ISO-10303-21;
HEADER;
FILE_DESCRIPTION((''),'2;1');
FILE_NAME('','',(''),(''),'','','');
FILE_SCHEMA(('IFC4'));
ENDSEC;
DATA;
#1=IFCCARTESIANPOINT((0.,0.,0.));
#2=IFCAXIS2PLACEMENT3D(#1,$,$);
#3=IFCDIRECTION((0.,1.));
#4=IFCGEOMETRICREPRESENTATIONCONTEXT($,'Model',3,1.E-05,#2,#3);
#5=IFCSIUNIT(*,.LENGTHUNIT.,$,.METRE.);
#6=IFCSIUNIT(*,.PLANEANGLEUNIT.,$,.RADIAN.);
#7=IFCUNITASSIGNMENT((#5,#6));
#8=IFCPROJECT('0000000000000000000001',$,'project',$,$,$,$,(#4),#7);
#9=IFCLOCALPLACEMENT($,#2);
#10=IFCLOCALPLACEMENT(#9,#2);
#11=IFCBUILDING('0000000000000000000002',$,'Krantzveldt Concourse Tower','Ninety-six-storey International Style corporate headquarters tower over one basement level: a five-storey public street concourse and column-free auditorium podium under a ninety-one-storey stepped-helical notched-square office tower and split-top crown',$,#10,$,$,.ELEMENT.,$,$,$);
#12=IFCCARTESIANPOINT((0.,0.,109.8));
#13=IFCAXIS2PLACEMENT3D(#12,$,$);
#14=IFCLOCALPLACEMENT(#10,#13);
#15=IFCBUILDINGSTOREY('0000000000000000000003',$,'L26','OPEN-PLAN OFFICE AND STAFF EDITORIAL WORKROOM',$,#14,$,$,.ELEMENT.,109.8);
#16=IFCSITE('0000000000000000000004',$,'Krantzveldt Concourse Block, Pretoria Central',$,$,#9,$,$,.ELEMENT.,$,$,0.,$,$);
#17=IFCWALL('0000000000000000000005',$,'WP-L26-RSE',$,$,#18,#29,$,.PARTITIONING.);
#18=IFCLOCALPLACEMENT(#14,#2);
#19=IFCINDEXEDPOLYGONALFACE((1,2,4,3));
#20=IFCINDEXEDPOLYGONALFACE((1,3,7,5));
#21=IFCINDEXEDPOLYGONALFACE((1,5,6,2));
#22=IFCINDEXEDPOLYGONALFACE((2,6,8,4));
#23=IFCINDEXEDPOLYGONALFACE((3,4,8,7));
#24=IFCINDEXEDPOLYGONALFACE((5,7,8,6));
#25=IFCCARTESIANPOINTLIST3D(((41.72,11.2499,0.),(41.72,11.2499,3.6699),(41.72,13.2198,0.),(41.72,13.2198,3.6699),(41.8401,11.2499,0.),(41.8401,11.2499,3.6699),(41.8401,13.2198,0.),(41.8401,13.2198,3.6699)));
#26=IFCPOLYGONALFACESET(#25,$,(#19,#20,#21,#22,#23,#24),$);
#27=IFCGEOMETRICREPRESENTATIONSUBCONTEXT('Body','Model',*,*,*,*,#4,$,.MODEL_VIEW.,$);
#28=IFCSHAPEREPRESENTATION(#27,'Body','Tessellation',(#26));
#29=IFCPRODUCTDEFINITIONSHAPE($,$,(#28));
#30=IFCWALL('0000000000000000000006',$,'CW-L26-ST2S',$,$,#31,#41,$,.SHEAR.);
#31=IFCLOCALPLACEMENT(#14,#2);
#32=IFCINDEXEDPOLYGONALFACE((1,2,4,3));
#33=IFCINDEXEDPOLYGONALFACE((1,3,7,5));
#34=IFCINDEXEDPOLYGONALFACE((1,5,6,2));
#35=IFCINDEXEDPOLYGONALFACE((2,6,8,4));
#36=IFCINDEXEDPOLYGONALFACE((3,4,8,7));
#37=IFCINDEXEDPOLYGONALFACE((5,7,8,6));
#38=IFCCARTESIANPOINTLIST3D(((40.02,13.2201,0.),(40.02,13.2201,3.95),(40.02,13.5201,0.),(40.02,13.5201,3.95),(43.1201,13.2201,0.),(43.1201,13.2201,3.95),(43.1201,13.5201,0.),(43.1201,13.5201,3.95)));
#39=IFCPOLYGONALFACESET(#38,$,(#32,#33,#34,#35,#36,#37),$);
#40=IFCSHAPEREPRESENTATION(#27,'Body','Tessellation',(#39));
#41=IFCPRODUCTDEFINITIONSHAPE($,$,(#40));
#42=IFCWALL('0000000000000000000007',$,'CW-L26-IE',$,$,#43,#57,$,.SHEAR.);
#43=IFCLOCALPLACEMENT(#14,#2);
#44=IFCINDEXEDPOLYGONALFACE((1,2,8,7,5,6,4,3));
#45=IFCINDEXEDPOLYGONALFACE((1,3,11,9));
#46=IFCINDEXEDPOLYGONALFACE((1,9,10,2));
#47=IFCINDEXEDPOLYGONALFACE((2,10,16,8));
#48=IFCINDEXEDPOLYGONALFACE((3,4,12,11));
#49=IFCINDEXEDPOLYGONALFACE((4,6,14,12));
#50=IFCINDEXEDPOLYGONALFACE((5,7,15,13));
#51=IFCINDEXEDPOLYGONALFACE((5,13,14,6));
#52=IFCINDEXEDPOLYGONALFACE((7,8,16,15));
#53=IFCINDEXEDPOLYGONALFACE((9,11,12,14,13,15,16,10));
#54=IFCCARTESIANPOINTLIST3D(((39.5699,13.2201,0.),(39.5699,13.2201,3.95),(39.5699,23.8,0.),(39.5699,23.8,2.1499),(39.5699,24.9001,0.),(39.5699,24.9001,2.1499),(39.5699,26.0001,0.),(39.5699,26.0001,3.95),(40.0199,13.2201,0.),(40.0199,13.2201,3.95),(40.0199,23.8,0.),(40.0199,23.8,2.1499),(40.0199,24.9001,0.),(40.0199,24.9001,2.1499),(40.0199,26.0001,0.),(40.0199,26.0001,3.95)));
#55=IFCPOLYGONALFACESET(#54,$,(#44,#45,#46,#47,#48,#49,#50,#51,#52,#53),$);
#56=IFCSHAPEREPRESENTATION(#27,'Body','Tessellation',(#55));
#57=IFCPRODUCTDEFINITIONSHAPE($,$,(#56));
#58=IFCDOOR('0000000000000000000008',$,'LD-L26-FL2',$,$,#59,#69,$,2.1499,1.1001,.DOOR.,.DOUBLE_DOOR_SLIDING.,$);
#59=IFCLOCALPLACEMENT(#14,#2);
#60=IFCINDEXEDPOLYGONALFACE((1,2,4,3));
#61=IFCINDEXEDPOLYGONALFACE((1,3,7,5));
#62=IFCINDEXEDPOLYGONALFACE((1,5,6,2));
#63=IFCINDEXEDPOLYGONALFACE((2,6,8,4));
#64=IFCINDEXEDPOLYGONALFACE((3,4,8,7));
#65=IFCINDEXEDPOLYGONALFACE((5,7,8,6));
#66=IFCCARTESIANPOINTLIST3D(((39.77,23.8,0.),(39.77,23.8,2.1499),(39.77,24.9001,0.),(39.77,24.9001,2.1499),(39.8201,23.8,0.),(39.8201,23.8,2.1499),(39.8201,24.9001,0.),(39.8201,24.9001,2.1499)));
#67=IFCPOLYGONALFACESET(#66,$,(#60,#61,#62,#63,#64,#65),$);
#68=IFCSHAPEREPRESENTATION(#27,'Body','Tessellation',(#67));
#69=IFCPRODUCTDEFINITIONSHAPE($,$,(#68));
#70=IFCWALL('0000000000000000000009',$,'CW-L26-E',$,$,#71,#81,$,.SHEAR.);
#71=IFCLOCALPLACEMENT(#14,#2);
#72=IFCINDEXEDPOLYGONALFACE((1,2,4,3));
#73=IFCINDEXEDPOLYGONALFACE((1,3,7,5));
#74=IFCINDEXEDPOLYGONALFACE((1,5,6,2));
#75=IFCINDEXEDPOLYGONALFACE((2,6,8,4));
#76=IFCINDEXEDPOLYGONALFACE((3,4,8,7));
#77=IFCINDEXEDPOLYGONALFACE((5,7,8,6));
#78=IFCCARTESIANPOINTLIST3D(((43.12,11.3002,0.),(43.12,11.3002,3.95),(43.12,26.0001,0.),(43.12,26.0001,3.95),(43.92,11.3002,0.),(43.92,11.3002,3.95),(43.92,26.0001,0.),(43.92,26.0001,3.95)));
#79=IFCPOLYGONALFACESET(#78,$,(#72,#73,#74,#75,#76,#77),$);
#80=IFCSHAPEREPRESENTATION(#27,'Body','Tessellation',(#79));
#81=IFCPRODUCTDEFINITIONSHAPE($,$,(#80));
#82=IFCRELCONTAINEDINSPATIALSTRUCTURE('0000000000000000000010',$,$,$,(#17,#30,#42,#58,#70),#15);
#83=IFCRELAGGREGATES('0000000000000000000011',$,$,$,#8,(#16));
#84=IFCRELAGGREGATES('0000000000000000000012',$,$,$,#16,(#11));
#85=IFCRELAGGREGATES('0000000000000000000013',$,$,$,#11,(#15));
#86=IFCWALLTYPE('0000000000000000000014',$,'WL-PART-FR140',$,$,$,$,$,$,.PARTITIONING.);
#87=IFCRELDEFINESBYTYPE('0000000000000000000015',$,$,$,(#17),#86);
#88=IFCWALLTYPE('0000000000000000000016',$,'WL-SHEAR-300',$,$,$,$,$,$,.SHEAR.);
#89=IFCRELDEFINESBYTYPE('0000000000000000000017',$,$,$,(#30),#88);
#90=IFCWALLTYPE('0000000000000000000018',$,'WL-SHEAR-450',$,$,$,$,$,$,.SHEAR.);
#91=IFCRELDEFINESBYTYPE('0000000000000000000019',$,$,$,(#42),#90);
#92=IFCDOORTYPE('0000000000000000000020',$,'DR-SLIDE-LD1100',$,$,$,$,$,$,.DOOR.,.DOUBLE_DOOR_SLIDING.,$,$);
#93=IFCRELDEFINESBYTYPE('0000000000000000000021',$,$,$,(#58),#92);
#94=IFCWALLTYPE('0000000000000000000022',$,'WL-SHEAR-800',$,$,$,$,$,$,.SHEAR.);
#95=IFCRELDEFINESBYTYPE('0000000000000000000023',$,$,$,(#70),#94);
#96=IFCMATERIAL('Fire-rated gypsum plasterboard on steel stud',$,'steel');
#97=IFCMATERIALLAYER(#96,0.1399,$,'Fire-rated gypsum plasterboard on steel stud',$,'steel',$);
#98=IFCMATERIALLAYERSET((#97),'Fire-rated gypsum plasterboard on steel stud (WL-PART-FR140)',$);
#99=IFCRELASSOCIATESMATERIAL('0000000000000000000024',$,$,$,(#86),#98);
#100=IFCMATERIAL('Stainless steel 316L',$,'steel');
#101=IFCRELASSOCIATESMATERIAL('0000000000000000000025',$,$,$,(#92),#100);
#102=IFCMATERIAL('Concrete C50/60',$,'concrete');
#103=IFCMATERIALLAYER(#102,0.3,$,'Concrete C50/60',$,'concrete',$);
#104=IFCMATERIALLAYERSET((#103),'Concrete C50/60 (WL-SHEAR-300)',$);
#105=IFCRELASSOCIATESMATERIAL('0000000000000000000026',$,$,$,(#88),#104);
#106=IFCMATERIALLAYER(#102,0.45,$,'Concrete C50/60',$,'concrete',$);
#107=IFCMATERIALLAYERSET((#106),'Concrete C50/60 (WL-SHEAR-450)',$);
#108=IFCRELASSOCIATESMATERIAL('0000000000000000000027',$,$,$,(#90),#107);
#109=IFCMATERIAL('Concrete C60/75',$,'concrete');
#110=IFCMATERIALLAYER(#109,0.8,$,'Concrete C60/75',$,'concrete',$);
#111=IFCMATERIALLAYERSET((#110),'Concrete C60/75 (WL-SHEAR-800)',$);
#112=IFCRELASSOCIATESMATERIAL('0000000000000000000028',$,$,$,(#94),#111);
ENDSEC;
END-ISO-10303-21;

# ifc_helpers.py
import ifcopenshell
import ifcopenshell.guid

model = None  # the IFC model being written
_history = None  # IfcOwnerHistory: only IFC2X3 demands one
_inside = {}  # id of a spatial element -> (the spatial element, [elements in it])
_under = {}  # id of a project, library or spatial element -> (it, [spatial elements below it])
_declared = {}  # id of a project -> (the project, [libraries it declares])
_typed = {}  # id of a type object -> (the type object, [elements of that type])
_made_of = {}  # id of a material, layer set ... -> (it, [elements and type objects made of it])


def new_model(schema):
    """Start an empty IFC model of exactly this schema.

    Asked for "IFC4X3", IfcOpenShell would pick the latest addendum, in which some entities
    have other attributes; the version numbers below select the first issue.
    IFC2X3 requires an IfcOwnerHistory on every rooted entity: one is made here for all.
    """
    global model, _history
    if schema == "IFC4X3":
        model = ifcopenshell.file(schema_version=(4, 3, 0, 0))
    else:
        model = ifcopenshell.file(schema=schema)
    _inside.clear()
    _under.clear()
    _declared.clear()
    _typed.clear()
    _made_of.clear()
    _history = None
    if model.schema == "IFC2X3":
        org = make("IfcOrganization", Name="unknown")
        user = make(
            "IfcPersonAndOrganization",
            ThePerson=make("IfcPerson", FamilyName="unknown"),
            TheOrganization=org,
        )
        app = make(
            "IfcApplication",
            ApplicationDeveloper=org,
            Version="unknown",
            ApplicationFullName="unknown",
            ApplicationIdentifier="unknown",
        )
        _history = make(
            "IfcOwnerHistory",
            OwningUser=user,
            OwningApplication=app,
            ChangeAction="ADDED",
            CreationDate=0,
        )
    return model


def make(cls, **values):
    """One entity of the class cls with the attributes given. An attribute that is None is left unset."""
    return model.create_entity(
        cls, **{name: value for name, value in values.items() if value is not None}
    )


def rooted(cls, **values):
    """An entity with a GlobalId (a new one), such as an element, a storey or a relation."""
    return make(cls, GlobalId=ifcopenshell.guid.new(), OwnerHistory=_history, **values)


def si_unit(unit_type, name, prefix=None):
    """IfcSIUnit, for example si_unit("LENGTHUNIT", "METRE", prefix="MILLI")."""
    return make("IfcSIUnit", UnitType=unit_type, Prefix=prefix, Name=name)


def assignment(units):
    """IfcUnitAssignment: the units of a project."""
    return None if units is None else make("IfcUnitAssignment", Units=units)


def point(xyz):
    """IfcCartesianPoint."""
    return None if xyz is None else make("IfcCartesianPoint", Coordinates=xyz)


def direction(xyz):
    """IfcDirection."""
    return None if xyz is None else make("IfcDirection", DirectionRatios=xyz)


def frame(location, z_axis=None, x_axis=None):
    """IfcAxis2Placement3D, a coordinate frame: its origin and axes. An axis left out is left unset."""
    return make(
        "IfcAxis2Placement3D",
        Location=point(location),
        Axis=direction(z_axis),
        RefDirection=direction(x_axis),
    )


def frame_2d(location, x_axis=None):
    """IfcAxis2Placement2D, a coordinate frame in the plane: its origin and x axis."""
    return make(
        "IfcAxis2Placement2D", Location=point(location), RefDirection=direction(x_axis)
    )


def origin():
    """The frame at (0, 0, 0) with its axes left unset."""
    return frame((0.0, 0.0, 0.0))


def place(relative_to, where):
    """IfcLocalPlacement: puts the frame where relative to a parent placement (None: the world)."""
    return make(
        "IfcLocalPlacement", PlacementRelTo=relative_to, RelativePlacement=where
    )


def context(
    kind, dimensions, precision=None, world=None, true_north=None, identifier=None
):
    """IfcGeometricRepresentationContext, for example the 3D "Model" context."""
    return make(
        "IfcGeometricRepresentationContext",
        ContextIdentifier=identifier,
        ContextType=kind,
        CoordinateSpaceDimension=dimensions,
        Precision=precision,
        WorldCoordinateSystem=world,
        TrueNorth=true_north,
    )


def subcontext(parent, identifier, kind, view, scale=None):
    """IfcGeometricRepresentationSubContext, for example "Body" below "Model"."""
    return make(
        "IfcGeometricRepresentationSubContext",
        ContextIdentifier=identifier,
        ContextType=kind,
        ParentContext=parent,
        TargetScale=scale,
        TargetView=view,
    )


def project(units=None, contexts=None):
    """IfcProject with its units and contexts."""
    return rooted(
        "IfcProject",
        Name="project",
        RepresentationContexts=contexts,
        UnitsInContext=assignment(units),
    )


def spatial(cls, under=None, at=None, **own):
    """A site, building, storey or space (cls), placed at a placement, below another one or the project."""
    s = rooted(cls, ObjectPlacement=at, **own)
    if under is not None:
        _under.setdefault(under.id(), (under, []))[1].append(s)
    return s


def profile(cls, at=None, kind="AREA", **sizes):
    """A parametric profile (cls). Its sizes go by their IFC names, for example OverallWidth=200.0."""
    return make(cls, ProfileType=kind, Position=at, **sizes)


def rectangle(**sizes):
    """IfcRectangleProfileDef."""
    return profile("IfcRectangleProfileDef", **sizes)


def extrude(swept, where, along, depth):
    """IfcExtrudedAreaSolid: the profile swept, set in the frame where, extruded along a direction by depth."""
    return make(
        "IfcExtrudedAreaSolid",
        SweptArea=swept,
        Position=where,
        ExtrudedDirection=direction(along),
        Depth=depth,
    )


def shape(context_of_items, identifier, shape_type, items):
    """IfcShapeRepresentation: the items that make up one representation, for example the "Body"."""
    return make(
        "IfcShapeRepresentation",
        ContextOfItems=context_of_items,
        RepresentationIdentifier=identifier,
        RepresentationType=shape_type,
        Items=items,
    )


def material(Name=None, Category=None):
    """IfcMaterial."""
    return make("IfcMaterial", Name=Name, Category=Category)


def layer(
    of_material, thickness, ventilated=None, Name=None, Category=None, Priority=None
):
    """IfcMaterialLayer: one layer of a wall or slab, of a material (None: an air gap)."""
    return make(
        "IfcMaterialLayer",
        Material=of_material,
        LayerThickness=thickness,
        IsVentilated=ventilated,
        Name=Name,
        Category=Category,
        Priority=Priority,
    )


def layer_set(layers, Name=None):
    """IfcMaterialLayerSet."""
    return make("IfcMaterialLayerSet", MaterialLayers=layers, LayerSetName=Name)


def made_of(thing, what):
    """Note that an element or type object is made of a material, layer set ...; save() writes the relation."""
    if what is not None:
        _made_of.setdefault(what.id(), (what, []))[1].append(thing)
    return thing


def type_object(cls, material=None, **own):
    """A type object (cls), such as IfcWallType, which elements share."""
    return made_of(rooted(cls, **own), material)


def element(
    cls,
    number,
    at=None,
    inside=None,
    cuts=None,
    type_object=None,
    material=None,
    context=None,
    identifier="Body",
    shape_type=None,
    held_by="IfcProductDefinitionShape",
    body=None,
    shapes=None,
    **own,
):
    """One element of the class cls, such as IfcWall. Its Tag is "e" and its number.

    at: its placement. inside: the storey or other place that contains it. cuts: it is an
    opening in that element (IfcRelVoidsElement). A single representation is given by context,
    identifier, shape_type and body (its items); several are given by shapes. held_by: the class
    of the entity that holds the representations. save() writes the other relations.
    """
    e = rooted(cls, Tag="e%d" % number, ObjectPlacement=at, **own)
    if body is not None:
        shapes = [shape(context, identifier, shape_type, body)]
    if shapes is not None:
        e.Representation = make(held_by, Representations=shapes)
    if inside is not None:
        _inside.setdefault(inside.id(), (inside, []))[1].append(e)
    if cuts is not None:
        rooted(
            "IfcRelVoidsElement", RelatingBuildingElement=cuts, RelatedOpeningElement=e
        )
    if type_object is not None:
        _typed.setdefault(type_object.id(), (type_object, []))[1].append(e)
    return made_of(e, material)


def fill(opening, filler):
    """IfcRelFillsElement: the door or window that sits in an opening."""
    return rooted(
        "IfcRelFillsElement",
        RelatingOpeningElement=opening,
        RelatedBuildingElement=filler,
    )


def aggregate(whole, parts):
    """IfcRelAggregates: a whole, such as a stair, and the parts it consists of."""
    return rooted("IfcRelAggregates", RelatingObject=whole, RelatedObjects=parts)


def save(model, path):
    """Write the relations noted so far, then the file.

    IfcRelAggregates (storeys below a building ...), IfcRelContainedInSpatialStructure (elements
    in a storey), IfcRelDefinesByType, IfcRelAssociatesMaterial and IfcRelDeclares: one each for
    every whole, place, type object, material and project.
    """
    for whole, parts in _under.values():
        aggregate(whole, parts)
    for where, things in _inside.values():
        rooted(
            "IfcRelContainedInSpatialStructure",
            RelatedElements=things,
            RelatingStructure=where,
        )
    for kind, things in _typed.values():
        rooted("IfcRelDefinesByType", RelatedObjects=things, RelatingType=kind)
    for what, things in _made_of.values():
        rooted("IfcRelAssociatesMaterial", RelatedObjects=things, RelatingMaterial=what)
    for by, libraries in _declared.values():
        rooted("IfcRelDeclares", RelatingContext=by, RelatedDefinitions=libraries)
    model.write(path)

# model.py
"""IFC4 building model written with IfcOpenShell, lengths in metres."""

from ifc_helpers import new_model, si_unit, direction, frame, frame_2d, origin, place, context, subcontext, project, spatial, rectangle, extrude, material, layer, layer_set, type_object, element, fill, save


model = new_model("IFC4")

# Units and contexts
model_context = context("Model", 3, precision=1e-05, world=origin(), true_north=direction((0.0, 1.0)))
body_context = subcontext(model_context, "Body", "Model", "MODEL_VIEW")
ifc_project = project(units=[si_unit("LENGTHUNIT", "METRE"), si_unit("PLANEANGLEUNIT", "RADIAN")], contexts=[model_context])

# Site, building, storey
site_placement = place(None, origin())
site = spatial("IfcSite", under=ifc_project, at=site_placement, Name="Krantzveldt Concourse Block, Pretoria Central", CompositionType="ELEMENT", RefElevation=0.0)
building_placement = place(site_placement, origin())
building = spatial("IfcBuilding", under=site, at=building_placement, Name="Krantzveldt Concourse Tower", Description="Ninety-six-storey International Style corporate headquarters tower over one basement level: a five-storey public street concourse and column-free auditorium podium under a ninety-one-storey stepped-helical notched-square office tower and split-top crown", CompositionType="ELEMENT")
storey_placement = place(building_placement, frame((0.0, 0.0, 109.8)))
storey = spatial("IfcBuildingStorey", under=building, at=storey_placement, Name="L26", Description="OPEN-PLAN OFFICE AND STAFF EDITORIAL WORKROOM", CompositionType="ELEMENT", Elevation=109.8)

# Shared definitions
ifc_material_1 = material(Name="Fire-rated gypsum plasterboard on steel stud", Category="steel")

# Shared definitions
ifc_layer_1 = layer(ifc_material_1, 0.1399, Name="Fire-rated gypsum plasterboard on steel stud", Category="steel")
ifc_layer_set_1 = layer_set([ifc_layer_1], Name="Fire-rated gypsum plasterboard on steel stud (WL-PART-FR140)")
wall_type_1 = type_object("IfcWallType", Name="WL-PART-FR140", PredefinedType="PARTITIONING", material=ifc_layer_set_1)
ifc_material_2 = material(Name="Stainless steel 316L", Category="steel")
door_type_1 = type_object("IfcDoorType", Name="DR-SLIDE-LD1100", OperationType="DOUBLE_DOOR_SLIDING", PredefinedType="DOOR", material=ifc_material_2)

# Walls
wall_1_placement = place(storey_placement, frame((41.78, 11.25, 0.0), z_axis=(0.0, 0.0, 1.0), x_axis=(0.0, 1.0, 0.0)))
element("IfcWall", 1, at=wall_1_placement, inside=storey, type_object=wall_type_1, Name="WP-L26-RSE", PredefinedType="PARTITIONING", context=body_context, shape_type="SweptSolid", body=[
    extrude(rectangle(XDim=1.97, YDim=0.1201, at=frame_2d((0.9849, 0.0))), origin(), (0.0, 0.0, 1.0), 3.6699),
])
ifc_material_3 = material(Name="Concrete C50/60", Category="concrete")
ifc_layer_2 = layer(ifc_material_3, 0.3, Name="Concrete C50/60", Category="concrete")
ifc_layer_set_2 = layer_set([ifc_layer_2], Name="Concrete C50/60 (WL-SHEAR-300)")
wall_type_2 = type_object("IfcWallType", Name="WL-SHEAR-300", PredefinedType="SHEAR", material=ifc_layer_set_2)
wall_2_placement = place(storey_placement, frame((40.02, 13.3701, 0.0), z_axis=(0.0, 0.0, 1.0), x_axis=(1.0, 0.0, 0.0)))
element("IfcWall", 2, at=wall_2_placement, inside=storey, type_object=wall_type_2, Name="CW-L26-ST2S", PredefinedType="SHEAR", context=body_context, shape_type="SweptSolid", body=[
    extrude(rectangle(XDim=3.1001, YDim=0.3, at=frame_2d((1.55, 0.0))), origin(), (0.0, 0.0, 1.0), 3.95),
])

# Wall, opening, door
ifc_layer_3 = layer(ifc_material_3, 0.45, Name="Concrete C50/60", Category="concrete")
ifc_layer_set_3 = layer_set([ifc_layer_3], Name="Concrete C50/60 (WL-SHEAR-450)")
wall_type_3 = type_object("IfcWallType", Name="WL-SHEAR-450", PredefinedType="SHEAR", material=ifc_layer_set_3)
wall_3_placement = place(storey_placement, frame((39.7949, 13.22, 0.0), z_axis=(0.0, 0.0, 1.0), x_axis=(0.0, 1.0, 0.0)))
wall_3 = element("IfcWall", 3, at=wall_3_placement, inside=storey, type_object=wall_type_3, Name="CW-L26-IE", PredefinedType="SHEAR", context=body_context, shape_type="SweptSolid", body=[
    extrude(rectangle(XDim=12.78, YDim=0.45, at=frame_2d((6.3901, 0.0))), origin(), (0.0, 0.0, 1.0), 3.95),
])
opening_1_placement = place(wall_3_placement, frame((10.5801, 0.0, 0.0)))
opening_1 = element("IfcOpeningElement", 4, at=opening_1_placement, cuts=wall_3, PredefinedType="OPENING", context=body_context, shape_type="SweptSolid", body=[
    extrude(rectangle(XDim=1.1001, YDim=2.1499, at=frame_2d((0.55, 1.075))), frame((0.0, 0.2349, 0.0), z_axis=(0.0, -1.0, 0.0), x_axis=(1.0, 0.0, 0.0)), (0.0, 0.0, 1.0), 0.47),
])
door_1_placement = place(opening_1_placement, origin())
door_1 = element("IfcDoor", 5, at=door_1_placement, inside=storey, type_object=door_type_1, Name="LD-L26-FL2", OperationType="DOUBLE_DOOR_SLIDING", OverallHeight=2.1499, OverallWidth=1.1001, PredefinedType="DOOR", context=body_context, shape_type="SweptSolid", body=[
    extrude(rectangle(XDim=1.1001, YDim=2.1499, at=frame_2d((0.55, 1.075))), frame((0.0, 0.0249, 0.0), z_axis=(0.0, -1.0, 0.0), x_axis=(1.0, 0.0, 0.0)), (0.0, 0.0, 1.0), 0.05),
])
fill(opening_1, door_1)

# Wall
ifc_material_4 = material(Name="Concrete C60/75", Category="concrete")
ifc_layer_4 = layer(ifc_material_4, 0.8, Name="Concrete C60/75", Category="concrete")
ifc_layer_set_4 = layer_set([ifc_layer_4], Name="Concrete C60/75 (WL-SHEAR-800)")
wall_type_4 = type_object("IfcWallType", Name="WL-SHEAR-800", PredefinedType="SHEAR", material=ifc_layer_set_4)
wall_4_placement = place(storey_placement, frame((43.52, 11.3, 0.0), z_axis=(0.0, 0.0, 1.0), x_axis=(0.0, 1.0, 0.0)))
element("IfcWall", 6, at=wall_4_placement, inside=storey, type_object=wall_type_4, Name="CW-L26-E", PredefinedType="SHEAR", context=body_context, shape_type="SweptSolid", body=[
    extrude(rectangle(XDim=14.7, YDim=0.8, at=frame_2d((7.3501, 0.0))), origin(), (0.0, 0.0, 1.0), 3.95),
])

save(model, "model.ifc")
